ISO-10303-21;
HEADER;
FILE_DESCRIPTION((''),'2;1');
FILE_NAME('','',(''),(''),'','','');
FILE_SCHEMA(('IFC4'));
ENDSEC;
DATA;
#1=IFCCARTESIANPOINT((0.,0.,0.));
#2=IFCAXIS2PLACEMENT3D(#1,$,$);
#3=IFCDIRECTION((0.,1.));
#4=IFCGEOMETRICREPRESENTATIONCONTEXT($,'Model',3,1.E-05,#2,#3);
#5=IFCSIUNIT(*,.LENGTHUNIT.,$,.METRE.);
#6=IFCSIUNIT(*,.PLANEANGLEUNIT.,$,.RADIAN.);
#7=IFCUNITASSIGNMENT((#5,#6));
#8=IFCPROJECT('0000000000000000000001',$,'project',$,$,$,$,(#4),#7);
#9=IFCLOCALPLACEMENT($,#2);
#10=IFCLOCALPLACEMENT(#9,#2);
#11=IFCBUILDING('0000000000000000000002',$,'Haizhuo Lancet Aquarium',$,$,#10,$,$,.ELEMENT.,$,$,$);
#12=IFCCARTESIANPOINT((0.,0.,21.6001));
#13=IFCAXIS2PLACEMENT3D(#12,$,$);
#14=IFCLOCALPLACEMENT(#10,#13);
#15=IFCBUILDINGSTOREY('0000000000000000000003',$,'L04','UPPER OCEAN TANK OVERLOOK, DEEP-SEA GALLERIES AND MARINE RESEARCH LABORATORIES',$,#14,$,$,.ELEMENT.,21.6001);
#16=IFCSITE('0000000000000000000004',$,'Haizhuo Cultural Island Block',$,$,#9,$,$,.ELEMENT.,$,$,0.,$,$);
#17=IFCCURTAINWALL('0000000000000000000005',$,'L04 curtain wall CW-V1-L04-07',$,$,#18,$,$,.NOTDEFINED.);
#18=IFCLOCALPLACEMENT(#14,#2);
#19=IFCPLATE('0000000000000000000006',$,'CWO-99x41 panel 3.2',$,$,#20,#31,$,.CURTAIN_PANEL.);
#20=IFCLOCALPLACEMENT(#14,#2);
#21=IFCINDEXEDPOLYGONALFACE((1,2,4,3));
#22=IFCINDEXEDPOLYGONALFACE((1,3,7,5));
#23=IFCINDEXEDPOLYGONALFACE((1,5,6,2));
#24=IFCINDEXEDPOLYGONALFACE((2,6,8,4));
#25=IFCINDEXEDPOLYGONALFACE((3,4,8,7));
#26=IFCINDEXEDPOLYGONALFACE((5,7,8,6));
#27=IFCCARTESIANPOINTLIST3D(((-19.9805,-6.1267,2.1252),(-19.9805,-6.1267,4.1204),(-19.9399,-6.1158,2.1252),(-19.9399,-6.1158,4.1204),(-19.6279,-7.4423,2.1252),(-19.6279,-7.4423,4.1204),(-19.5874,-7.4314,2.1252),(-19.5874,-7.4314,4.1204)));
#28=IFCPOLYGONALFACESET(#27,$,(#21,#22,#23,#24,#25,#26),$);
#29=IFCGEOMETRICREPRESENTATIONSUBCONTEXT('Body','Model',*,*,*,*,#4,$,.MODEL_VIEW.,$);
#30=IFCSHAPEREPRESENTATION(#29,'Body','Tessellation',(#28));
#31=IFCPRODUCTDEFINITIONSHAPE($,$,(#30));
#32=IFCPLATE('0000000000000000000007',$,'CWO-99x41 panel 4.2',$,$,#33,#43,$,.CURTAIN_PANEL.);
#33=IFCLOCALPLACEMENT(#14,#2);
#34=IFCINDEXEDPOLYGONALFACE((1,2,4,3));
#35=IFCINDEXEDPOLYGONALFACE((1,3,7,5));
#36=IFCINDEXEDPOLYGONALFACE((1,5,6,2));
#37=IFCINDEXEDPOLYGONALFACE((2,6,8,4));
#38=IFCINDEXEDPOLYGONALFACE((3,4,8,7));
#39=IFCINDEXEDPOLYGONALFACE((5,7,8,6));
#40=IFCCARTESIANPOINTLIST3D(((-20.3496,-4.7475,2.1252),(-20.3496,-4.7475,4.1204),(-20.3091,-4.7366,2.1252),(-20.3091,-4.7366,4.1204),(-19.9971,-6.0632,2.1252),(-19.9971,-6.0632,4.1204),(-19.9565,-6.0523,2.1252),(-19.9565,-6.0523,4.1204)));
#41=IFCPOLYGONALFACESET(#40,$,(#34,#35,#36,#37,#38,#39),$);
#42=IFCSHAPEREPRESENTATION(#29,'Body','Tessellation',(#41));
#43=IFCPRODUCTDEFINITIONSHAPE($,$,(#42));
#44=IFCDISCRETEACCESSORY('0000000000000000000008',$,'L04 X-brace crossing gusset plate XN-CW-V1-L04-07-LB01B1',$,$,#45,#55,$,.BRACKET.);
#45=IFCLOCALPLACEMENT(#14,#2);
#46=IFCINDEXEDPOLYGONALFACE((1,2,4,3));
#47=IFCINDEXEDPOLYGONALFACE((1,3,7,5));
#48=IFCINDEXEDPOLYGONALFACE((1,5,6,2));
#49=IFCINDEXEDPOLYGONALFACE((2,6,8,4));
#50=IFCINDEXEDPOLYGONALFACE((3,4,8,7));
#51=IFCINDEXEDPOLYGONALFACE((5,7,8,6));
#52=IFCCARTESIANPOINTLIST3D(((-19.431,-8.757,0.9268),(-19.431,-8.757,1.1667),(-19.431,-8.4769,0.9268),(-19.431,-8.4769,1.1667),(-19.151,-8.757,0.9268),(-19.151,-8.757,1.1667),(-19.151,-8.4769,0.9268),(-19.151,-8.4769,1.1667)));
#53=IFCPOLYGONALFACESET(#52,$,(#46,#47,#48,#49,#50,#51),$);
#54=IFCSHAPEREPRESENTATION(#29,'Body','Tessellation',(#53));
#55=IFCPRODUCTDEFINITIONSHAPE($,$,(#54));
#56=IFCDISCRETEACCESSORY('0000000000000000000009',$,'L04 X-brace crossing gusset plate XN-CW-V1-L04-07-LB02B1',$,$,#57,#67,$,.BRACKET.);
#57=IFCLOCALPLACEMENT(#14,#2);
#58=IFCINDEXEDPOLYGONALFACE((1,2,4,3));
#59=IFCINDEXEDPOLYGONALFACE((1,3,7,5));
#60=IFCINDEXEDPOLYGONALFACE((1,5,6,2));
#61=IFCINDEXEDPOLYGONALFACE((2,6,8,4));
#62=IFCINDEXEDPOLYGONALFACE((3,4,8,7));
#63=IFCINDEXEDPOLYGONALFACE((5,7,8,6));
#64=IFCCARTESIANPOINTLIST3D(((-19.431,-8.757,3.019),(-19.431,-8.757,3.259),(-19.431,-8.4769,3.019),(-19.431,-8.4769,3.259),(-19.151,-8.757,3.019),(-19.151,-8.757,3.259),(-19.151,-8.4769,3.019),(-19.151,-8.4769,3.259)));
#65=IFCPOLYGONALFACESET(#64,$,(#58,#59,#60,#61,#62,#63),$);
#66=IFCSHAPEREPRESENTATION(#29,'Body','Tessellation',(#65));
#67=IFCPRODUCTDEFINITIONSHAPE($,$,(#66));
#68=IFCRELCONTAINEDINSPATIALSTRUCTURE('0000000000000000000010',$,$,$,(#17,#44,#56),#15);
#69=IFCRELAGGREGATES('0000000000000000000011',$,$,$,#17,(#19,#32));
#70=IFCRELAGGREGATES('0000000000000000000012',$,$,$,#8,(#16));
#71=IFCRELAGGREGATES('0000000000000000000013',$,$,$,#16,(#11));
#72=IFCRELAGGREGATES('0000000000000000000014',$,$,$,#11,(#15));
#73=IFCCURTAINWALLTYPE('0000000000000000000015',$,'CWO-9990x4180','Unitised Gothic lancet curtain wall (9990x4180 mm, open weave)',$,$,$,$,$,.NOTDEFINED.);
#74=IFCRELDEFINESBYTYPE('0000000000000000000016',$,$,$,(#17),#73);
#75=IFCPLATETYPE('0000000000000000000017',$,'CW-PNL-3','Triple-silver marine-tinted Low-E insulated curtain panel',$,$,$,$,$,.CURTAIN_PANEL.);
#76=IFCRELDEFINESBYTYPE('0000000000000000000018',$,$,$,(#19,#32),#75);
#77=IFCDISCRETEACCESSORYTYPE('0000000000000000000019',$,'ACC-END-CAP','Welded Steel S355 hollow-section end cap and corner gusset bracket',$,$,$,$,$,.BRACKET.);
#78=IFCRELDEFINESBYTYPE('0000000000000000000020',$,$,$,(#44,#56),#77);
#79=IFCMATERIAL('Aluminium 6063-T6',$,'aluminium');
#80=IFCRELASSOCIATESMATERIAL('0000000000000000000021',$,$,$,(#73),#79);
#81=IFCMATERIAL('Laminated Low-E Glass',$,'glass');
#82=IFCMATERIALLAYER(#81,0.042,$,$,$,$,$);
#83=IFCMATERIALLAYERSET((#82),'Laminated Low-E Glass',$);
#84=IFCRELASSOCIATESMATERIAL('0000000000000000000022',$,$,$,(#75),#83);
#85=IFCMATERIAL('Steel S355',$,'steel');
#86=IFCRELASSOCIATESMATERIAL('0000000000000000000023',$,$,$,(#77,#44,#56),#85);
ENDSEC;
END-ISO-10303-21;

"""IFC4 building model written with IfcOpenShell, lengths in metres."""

from ifc_helpers import new_model, si_unit, direction, frame, origin, origin_2d, place, context, subcontext, project, spatial, rectangle, extrude, material, layer, layer_set, type_object, element, aggregate, save


model = new_model("IFC4")

# Units and contexts
model_context = context("Model", 3, precision=1e-05, world=origin(), true_north=direction((0.0, 1.0)))
body_context = subcontext(model_context, "Body", "Model", "MODEL_VIEW")
ifc_project = project(units=[si_unit("LENGTHUNIT", "METRE"), si_unit("PLANEANGLEUNIT", "RADIAN")], contexts=[model_context])

# Site, building, storey
site_placement = place(None, origin())
site = spatial("IfcSite", under=ifc_project, at=site_placement, Name="Haizhuo Cultural Island Block", CompositionType="ELEMENT", RefElevation=0.0)
building_placement = place(site_placement, origin())
building = spatial("IfcBuilding", under=site, at=building_placement, Name="Haizhuo Lancet Aquarium", CompositionType="ELEMENT")
storey_placement = place(building_placement, frame((0.0, 0.0, 21.6001)))
storey = spatial("IfcBuildingStorey", under=building, at=storey_placement, Name="L04", Description="UPPER OCEAN TANK OVERLOOK, DEEP-SEA GALLERIES AND MARINE RESEARCH LABORATORIES", CompositionType="ELEMENT", Elevation=21.6001)

# Curtain wall
ifc_material_1 = material(Name="Aluminium 6063-T6", Category="aluminium")
curtain_wall_type = type_object("IfcCurtainWallType", Name="CWO-9990x4180", Description="Unitised Gothic lancet curtain wall (9990x4180 mm, open weave)", PredefinedType="NOTDEFINED", material=ifc_material_1)
curtain_wall_placement = place(storey_placement, origin())
curtain_wall = element("IfcCurtainWall", 1, at=curtain_wall_placement, inside=storey, type_object=curtain_wall_type, Name="L04 curtain wall CW-V1-L04-07", PredefinedType="NOTDEFINED")

# Shared definitions
ifc_material_2 = material(Name="Steel S355", Category="steel")

# Plates
ifc_material_3 = material(Name="Laminated Low-E Glass", Category="glass")
ifc_layer = layer(ifc_material_3, 0.042)
ifc_layer_set = layer_set([ifc_layer], Name="Laminated Low-E Glass")
plate_type = type_object("IfcPlateType", Name="CW-PNL-3", Description="Triple-silver marine-tinted Low-E insulated curtain panel", PredefinedType="CURTAIN_PANEL", material=ifc_layer_set)
plate_1_placement = place(storey_placement, frame((-19.7839, -6.7791, 2.1252), z_axis=(0.0, 0.0, 1.0), x_axis=(-0.258853, 0.965917, 0.0)))
plate_1 = element("IfcPlate", 2, at=plate_1_placement, type_object=plate_type, Name="CWO-99x41 panel 3.2", PredefinedType="CURTAIN_PANEL", context=body_context, shape_type="SweptSolid", body=[
    extrude(rectangle(XDim=1.3621, YDim=0.042, at=origin_2d()), origin(), (0.0, 0.0, 1.0), 1.9951),
])
plate_2_placement = place(storey_placement, frame((-20.1531, -5.3999, 2.1252), z_axis=(0.0, 0.0, 1.0), x_axis=(-0.258853, 0.965917, 0.0)))
plate_2 = element("IfcPlate", 3, at=plate_2_placement, type_object=plate_type, Name="CWO-99x41 panel 4.2", PredefinedType="CURTAIN_PANEL", context=body_context, shape_type="SweptSolid", body=[
    extrude(rectangle(XDim=1.3621, YDim=0.042, at=origin_2d()), origin(), (0.0, 0.0, 1.0), 1.9951),
])
aggregate(curtain_wall, [plate_1, plate_2])

# Discrete accessories
discrete_accessory_type = type_object("IfcDiscreteAccessoryType", Name="ACC-END-CAP", Description="Welded Steel S355 hollow-section end cap and corner gusset bracket", PredefinedType="BRACKET", material=ifc_material_2)
for number, where, z_axis, x_axis, name in (
    (4, (-19.291, -8.6169, 0.9268), (0.0, 0.0, 1.0), (1.0, 0.0, 0.0), "L04 X-brace crossing gusset plate XN-CW-V1-L04-07-LB01B1"),
    (5, (-19.291, -8.6169, 3.019), (0.0, 0.0, 1.0), (1.0, 0.0, 0.0), "L04 X-brace crossing gusset plate XN-CW-V1-L04-07-LB02B1"),
):
    element("IfcDiscreteAccessory", number, at=place(storey_placement, frame(where, z_axis=z_axis, x_axis=x_axis)), inside=storey, type_object=discrete_accessory_type, material=ifc_material_2, Name=name, PredefinedType="BRACKET", context=body_context, shape_type="SweptSolid", body=[
        extrude(rectangle(XDim=0.28, YDim=0.28, at=origin_2d()), origin(), (0.0, 0.0, 1.0), 0.24),
    ])

save(model, "model.ifc")
